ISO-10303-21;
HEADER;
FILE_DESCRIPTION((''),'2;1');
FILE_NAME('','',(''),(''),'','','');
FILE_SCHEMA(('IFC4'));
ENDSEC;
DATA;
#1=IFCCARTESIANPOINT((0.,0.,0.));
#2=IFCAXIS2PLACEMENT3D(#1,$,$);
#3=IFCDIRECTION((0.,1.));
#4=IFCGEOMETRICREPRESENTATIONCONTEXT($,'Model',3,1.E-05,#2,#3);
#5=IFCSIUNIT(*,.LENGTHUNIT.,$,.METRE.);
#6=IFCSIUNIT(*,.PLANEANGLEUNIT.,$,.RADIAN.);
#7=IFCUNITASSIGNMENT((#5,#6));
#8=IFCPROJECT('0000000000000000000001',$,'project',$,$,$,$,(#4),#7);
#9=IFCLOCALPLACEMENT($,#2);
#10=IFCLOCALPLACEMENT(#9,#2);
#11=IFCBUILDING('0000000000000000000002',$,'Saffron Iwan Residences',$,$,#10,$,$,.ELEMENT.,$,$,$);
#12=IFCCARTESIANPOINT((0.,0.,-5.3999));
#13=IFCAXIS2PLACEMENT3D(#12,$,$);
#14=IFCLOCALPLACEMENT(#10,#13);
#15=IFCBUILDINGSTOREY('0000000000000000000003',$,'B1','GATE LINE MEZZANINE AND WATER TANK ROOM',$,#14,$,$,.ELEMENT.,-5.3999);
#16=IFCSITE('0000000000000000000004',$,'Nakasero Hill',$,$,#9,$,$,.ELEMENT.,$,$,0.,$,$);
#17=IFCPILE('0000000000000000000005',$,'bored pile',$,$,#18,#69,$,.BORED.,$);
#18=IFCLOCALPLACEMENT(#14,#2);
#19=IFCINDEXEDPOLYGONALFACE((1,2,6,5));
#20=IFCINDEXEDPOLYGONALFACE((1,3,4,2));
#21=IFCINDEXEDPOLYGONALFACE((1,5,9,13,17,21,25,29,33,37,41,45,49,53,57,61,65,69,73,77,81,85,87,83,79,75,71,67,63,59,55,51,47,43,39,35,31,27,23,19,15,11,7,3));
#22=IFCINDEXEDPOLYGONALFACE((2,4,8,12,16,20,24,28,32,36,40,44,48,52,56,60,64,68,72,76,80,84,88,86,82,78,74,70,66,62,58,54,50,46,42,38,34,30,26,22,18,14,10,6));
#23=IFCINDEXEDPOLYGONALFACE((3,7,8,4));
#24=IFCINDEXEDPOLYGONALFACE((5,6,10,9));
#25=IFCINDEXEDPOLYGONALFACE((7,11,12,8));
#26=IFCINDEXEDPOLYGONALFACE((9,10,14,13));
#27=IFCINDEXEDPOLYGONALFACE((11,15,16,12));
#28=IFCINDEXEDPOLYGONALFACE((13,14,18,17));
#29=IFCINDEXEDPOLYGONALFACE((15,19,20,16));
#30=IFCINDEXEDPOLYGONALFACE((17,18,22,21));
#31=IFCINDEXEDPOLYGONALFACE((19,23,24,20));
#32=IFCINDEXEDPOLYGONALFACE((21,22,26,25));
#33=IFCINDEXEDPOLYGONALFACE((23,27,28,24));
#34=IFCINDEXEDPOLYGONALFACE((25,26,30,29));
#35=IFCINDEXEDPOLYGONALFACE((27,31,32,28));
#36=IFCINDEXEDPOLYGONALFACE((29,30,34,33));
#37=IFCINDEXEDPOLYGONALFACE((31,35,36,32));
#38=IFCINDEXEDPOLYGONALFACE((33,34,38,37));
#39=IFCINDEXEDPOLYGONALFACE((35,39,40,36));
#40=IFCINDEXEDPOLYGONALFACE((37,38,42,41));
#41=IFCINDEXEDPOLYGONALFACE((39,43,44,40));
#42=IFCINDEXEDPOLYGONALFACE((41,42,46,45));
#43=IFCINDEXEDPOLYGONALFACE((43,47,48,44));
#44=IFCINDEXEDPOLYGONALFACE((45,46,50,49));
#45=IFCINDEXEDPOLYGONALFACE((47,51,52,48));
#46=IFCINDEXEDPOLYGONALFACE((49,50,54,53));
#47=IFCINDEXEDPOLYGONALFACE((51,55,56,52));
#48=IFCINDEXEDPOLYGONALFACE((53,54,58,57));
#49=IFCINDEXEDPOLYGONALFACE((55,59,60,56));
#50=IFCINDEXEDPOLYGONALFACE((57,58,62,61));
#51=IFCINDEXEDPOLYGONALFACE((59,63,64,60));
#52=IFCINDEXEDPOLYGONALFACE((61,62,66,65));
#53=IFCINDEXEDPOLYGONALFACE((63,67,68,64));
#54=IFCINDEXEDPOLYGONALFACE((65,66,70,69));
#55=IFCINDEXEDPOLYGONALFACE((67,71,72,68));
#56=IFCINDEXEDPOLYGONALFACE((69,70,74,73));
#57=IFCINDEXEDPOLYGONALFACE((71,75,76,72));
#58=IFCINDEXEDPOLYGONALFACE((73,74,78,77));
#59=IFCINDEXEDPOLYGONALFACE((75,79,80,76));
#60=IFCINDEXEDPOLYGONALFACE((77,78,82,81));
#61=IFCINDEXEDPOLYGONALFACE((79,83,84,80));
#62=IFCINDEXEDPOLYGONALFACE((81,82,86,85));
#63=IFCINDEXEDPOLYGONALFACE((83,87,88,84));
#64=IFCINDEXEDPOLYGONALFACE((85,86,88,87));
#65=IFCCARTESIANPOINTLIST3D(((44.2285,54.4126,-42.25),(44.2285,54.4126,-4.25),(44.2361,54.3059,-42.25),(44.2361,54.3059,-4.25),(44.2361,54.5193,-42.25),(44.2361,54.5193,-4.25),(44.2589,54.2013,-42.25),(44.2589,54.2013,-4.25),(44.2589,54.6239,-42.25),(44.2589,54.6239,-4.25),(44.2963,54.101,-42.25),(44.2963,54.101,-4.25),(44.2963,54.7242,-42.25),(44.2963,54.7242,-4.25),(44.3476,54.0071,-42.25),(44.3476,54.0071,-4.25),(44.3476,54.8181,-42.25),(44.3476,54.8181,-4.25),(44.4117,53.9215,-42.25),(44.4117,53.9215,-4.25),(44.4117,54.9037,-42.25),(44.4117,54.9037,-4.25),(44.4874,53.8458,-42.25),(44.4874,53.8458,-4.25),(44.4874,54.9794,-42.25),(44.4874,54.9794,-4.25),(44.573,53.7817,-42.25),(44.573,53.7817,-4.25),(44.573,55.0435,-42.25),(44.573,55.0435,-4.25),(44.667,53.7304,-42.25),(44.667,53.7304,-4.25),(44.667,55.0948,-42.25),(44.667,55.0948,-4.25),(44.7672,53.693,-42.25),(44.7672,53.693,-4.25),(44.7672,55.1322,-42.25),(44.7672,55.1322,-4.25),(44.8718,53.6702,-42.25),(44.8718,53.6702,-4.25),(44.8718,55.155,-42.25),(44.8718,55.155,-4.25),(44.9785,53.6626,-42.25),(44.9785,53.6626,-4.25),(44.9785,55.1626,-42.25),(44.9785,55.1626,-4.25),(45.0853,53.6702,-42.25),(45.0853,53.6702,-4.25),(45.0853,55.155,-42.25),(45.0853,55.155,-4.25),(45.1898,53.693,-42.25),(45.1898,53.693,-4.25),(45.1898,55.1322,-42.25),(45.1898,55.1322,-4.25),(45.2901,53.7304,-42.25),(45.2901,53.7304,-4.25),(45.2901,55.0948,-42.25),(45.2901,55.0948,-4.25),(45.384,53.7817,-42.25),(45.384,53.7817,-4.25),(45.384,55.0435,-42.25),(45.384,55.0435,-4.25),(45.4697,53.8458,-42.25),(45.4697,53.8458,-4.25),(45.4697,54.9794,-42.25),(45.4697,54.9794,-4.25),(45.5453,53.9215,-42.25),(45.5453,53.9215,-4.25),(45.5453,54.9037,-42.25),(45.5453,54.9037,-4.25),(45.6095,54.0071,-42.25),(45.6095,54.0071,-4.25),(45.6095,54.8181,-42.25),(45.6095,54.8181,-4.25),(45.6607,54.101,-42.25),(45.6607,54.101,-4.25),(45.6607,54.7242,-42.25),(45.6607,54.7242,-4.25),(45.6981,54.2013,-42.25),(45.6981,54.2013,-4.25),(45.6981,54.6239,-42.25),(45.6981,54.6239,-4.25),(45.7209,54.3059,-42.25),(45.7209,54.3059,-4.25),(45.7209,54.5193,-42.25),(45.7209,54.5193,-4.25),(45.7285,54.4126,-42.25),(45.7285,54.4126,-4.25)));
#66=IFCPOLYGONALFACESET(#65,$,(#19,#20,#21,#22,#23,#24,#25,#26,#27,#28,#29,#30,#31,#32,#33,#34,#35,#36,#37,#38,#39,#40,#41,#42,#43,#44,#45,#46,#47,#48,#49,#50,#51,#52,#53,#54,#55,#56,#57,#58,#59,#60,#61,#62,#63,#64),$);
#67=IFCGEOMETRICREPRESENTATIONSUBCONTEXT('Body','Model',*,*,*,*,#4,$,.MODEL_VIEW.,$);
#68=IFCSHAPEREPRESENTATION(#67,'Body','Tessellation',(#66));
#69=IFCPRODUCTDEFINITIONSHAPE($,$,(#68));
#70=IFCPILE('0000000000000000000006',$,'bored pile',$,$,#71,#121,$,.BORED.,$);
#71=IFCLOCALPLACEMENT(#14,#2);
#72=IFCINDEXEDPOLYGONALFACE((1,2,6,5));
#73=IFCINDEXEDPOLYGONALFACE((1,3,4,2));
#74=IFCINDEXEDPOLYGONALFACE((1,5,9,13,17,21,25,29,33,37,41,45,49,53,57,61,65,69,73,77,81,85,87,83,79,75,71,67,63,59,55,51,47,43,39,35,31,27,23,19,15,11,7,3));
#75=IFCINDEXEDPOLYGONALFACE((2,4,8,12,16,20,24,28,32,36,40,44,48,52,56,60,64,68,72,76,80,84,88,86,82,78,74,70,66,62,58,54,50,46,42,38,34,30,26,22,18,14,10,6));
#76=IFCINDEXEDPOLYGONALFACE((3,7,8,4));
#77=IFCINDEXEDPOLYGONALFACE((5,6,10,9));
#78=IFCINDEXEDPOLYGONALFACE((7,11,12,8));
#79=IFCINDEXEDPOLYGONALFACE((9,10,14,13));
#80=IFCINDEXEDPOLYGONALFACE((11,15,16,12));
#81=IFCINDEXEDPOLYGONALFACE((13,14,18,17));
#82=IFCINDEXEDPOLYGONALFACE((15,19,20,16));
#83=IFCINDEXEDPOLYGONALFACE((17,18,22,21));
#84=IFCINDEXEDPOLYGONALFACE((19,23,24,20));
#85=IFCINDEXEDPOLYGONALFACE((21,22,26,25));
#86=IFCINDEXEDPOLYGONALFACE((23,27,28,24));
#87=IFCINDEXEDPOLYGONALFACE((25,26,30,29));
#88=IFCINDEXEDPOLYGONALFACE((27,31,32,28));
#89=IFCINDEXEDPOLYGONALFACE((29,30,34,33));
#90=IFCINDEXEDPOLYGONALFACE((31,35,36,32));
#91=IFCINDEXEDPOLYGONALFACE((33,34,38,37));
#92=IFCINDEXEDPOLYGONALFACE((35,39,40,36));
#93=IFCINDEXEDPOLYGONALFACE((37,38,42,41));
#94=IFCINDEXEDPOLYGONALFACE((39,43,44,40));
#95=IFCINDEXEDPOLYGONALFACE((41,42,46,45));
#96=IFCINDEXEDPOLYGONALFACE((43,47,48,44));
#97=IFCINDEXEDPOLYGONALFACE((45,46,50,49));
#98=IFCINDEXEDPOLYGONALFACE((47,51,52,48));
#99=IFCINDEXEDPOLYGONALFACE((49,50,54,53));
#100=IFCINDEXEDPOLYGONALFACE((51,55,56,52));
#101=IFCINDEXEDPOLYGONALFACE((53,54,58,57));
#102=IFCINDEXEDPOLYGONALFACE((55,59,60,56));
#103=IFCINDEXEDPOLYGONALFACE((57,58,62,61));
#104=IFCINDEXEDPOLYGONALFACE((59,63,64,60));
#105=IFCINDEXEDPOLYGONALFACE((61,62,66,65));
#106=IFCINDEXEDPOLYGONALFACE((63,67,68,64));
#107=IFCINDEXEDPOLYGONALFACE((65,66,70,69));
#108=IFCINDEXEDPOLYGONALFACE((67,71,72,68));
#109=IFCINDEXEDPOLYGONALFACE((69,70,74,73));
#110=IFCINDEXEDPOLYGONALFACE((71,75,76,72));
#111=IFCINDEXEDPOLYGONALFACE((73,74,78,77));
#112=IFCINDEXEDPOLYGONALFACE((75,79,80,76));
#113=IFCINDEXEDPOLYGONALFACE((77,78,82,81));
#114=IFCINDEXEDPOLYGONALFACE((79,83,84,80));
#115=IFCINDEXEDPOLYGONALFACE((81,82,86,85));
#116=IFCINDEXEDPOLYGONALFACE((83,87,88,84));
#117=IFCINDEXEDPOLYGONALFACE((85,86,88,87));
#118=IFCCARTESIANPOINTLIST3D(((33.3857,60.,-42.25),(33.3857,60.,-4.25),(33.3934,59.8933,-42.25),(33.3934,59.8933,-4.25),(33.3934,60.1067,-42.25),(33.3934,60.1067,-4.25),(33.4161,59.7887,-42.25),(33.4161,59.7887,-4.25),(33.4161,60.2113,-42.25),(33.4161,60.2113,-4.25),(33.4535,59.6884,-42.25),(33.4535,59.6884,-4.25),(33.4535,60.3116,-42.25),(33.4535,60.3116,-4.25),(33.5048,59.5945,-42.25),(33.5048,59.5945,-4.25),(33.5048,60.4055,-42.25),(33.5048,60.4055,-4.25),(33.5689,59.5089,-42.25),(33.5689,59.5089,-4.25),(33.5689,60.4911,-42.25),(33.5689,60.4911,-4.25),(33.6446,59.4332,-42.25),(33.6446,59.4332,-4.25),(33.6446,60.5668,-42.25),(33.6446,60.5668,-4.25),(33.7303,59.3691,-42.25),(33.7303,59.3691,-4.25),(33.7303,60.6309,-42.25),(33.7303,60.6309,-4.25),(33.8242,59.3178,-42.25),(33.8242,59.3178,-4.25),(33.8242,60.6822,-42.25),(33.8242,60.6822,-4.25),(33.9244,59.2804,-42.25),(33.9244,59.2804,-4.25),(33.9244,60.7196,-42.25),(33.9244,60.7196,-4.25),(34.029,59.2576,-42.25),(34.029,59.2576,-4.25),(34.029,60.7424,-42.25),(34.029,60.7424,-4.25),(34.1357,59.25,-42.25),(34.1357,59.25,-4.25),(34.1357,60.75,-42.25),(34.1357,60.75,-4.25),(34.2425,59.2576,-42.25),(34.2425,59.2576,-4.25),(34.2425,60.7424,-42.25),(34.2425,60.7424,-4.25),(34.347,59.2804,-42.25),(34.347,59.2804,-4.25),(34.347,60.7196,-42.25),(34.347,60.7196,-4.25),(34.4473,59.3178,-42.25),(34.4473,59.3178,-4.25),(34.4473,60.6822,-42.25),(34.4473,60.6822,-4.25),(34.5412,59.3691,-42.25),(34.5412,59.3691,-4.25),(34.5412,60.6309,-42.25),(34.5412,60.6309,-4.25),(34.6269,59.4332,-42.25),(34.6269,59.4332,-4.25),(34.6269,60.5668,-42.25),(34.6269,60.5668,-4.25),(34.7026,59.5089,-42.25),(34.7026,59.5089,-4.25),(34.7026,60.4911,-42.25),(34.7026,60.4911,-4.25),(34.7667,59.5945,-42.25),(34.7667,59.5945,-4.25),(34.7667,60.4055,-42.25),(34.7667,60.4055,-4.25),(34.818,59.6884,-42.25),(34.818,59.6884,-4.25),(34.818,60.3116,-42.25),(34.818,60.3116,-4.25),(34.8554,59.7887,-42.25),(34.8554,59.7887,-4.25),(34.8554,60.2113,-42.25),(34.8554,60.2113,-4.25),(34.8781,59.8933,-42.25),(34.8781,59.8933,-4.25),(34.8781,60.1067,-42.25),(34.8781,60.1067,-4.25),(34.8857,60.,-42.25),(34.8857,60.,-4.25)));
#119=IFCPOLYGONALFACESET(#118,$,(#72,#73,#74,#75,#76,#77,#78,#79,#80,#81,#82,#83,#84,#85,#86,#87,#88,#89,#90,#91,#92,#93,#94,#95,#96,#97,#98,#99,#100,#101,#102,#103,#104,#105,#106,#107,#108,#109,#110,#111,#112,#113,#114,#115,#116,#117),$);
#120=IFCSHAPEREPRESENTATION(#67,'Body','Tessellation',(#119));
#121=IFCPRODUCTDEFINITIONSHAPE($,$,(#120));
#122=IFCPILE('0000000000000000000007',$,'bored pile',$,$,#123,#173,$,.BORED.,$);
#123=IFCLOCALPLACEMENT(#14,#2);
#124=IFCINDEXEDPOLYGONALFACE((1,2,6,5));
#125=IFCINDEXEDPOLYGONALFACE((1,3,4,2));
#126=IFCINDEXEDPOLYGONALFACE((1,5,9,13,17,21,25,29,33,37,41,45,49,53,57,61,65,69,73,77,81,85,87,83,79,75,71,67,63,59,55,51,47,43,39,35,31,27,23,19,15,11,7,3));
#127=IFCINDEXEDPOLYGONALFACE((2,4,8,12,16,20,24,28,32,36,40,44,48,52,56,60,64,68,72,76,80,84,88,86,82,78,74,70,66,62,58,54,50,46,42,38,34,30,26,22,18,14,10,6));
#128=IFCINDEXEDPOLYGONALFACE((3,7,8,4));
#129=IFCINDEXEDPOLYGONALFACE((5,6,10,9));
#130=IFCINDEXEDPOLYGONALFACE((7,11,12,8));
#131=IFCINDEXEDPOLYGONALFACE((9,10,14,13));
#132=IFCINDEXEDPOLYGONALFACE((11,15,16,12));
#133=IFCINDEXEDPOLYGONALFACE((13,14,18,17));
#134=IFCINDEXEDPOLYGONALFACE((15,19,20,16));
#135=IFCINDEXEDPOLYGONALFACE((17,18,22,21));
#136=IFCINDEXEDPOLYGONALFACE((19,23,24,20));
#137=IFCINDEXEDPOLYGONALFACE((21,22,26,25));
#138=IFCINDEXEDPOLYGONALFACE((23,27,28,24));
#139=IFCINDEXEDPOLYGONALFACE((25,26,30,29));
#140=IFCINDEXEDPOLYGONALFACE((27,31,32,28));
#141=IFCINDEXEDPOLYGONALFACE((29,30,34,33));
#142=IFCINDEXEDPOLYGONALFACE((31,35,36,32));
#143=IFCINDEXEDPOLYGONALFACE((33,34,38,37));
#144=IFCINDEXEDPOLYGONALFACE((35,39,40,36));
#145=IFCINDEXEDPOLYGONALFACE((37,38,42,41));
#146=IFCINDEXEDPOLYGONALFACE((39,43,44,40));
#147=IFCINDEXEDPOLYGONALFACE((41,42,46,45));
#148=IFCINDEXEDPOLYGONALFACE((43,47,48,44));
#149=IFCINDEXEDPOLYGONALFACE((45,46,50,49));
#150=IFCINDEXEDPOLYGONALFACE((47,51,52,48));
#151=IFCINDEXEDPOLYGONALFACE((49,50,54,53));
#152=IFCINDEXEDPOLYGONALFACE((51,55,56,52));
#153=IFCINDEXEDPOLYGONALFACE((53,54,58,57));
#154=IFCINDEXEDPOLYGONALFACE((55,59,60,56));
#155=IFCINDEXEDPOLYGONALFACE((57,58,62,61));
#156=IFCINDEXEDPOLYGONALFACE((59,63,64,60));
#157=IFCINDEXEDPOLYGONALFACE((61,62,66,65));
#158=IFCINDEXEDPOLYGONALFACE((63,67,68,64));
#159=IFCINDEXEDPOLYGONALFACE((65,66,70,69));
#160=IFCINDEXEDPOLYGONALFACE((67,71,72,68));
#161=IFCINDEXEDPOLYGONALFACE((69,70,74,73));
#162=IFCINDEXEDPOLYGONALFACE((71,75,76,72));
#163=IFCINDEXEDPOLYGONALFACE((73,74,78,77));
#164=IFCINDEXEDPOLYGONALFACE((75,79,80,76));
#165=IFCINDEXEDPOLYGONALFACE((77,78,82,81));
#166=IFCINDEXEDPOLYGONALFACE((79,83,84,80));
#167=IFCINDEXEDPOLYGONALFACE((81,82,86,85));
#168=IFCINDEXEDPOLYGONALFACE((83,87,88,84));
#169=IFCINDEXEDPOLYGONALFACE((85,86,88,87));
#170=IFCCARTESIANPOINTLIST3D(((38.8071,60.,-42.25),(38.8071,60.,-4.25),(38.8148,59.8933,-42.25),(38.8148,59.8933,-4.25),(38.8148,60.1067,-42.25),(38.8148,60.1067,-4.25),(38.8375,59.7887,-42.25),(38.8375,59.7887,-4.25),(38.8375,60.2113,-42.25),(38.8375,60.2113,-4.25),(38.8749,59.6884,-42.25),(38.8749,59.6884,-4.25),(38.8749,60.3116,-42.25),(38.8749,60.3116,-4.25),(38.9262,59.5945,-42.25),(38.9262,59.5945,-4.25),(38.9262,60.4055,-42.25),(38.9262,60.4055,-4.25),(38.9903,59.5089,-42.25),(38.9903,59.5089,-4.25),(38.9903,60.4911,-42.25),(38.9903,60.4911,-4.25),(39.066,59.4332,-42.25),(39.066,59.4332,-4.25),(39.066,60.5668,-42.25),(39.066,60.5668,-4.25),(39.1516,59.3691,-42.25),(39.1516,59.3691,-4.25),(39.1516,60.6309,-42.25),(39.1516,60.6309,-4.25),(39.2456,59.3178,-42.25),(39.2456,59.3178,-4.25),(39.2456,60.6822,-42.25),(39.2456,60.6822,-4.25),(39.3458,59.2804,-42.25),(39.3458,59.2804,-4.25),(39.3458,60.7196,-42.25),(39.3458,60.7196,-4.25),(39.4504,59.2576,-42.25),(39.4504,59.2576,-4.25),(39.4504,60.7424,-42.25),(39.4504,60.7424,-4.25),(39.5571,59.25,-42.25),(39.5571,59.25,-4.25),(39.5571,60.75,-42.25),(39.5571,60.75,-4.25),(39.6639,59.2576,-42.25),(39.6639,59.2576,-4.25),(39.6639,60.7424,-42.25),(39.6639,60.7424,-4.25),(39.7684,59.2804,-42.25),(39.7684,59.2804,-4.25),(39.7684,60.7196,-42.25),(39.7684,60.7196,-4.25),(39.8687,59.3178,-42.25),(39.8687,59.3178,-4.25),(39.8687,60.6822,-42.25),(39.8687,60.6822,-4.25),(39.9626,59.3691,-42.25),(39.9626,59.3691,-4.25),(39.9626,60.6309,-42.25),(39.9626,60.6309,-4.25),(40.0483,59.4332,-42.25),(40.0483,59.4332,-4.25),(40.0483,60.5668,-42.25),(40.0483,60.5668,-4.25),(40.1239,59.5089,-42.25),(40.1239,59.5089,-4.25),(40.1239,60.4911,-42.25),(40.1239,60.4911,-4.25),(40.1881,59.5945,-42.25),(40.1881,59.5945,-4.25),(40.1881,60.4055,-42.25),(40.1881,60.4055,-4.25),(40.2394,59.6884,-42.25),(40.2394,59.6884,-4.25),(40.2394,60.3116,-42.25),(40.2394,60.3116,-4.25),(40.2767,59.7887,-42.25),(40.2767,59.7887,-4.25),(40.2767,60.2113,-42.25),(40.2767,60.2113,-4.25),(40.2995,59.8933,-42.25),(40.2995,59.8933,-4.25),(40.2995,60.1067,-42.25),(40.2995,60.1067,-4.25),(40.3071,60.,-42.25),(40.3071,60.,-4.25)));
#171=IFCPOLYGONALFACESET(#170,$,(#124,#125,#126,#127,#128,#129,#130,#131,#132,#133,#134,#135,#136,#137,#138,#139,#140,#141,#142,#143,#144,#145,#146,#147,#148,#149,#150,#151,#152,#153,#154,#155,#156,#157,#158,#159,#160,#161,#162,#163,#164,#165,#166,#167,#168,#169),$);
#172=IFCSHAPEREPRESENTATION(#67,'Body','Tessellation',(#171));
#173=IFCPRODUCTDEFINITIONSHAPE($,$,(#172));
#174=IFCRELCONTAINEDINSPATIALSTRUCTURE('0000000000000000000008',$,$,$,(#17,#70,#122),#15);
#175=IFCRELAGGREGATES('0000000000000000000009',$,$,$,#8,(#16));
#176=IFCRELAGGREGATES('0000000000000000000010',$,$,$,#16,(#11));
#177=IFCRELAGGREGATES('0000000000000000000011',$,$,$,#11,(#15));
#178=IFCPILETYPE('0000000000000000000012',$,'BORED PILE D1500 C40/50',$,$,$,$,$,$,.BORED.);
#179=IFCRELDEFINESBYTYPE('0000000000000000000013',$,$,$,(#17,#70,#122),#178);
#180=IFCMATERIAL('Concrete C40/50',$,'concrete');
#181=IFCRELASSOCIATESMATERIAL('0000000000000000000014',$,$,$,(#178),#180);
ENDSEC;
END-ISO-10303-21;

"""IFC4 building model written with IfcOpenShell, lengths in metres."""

from ifc_helpers import new_model, si_unit, direction, frame, origin, origin_2d, place, context, subcontext, project, spatial, circle, extrude, material, material_profile, profile_set, type_object, element, save


model = new_model("IFC4")

# Units and contexts
model_context = context("Model", 3, precision=1e-05, world=origin(), true_north=direction((0.0, 1.0)))
body_context = subcontext(model_context, "Body", "Model", "MODEL_VIEW")
ifc_project = project(units=[si_unit("LENGTHUNIT", "METRE"), si_unit("PLANEANGLEUNIT", "RADIAN")], contexts=[model_context])

# Site, building, storey
site_placement = place(None, origin())
site = spatial("IfcSite", under=ifc_project, at=site_placement, Name="Nakasero Hill", CompositionType="ELEMENT", RefElevation=0.0)
building_placement = place(site_placement, origin())
building = spatial("IfcBuilding", under=site, at=building_placement, Name="Saffron Iwan Residences", CompositionType="ELEMENT")
storey_placement = place(building_placement, frame((0.0, 0.0, -5.3999)))
storey = spatial("IfcBuildingStorey", under=building, at=storey_placement, Name="B1", Description="GATE LINE MEZZANINE AND WATER TANK ROOM", CompositionType="ELEMENT", Elevation=-5.3999)

# Piles
ifc_material_1 = material(Name="Concrete C40/50", Category="concrete")
ifc_material_profile = material_profile(ifc_material_1, circle(Radius=0.75, at=origin_2d()), Name="RC D1500")
ifc_profile_set = profile_set([ifc_material_profile], Name="Concrete C40/50")
pile_type = type_object("IfcPileType", Name="BORED PILE D1500 C40/50", PredefinedType="BORED", material=ifc_profile_set)
for number, where, z_axis, x_axis, name in (
    (1, (44.9785, 54.4126, -4.25), (0.0, 0.0, -1.0), (1.0, 0.0, 0.0), "bored pile"),
    (2, (34.1357, 60.0, -4.25), (0.0, 0.0, -1.0), (1.0, 0.0, 0.0), "bored pile"),
    (3, (39.5571, 60.0, -4.25), (0.0, 0.0, -1.0), (1.0, 0.0, 0.0), "bored pile"),
):
    element("IfcPile", number, at=place(storey_placement, frame(where, z_axis=z_axis, x_axis=x_axis)), inside=storey, type_object=pile_type, Name=name, PredefinedType="BORED", context=body_context, shape_type="SweptSolid", body=[
        extrude(circle(Radius=0.75, at=origin_2d()), origin(), (0.0, 0.0, 1.0), 38.0),
    ])

save(model, "model.ifc")
